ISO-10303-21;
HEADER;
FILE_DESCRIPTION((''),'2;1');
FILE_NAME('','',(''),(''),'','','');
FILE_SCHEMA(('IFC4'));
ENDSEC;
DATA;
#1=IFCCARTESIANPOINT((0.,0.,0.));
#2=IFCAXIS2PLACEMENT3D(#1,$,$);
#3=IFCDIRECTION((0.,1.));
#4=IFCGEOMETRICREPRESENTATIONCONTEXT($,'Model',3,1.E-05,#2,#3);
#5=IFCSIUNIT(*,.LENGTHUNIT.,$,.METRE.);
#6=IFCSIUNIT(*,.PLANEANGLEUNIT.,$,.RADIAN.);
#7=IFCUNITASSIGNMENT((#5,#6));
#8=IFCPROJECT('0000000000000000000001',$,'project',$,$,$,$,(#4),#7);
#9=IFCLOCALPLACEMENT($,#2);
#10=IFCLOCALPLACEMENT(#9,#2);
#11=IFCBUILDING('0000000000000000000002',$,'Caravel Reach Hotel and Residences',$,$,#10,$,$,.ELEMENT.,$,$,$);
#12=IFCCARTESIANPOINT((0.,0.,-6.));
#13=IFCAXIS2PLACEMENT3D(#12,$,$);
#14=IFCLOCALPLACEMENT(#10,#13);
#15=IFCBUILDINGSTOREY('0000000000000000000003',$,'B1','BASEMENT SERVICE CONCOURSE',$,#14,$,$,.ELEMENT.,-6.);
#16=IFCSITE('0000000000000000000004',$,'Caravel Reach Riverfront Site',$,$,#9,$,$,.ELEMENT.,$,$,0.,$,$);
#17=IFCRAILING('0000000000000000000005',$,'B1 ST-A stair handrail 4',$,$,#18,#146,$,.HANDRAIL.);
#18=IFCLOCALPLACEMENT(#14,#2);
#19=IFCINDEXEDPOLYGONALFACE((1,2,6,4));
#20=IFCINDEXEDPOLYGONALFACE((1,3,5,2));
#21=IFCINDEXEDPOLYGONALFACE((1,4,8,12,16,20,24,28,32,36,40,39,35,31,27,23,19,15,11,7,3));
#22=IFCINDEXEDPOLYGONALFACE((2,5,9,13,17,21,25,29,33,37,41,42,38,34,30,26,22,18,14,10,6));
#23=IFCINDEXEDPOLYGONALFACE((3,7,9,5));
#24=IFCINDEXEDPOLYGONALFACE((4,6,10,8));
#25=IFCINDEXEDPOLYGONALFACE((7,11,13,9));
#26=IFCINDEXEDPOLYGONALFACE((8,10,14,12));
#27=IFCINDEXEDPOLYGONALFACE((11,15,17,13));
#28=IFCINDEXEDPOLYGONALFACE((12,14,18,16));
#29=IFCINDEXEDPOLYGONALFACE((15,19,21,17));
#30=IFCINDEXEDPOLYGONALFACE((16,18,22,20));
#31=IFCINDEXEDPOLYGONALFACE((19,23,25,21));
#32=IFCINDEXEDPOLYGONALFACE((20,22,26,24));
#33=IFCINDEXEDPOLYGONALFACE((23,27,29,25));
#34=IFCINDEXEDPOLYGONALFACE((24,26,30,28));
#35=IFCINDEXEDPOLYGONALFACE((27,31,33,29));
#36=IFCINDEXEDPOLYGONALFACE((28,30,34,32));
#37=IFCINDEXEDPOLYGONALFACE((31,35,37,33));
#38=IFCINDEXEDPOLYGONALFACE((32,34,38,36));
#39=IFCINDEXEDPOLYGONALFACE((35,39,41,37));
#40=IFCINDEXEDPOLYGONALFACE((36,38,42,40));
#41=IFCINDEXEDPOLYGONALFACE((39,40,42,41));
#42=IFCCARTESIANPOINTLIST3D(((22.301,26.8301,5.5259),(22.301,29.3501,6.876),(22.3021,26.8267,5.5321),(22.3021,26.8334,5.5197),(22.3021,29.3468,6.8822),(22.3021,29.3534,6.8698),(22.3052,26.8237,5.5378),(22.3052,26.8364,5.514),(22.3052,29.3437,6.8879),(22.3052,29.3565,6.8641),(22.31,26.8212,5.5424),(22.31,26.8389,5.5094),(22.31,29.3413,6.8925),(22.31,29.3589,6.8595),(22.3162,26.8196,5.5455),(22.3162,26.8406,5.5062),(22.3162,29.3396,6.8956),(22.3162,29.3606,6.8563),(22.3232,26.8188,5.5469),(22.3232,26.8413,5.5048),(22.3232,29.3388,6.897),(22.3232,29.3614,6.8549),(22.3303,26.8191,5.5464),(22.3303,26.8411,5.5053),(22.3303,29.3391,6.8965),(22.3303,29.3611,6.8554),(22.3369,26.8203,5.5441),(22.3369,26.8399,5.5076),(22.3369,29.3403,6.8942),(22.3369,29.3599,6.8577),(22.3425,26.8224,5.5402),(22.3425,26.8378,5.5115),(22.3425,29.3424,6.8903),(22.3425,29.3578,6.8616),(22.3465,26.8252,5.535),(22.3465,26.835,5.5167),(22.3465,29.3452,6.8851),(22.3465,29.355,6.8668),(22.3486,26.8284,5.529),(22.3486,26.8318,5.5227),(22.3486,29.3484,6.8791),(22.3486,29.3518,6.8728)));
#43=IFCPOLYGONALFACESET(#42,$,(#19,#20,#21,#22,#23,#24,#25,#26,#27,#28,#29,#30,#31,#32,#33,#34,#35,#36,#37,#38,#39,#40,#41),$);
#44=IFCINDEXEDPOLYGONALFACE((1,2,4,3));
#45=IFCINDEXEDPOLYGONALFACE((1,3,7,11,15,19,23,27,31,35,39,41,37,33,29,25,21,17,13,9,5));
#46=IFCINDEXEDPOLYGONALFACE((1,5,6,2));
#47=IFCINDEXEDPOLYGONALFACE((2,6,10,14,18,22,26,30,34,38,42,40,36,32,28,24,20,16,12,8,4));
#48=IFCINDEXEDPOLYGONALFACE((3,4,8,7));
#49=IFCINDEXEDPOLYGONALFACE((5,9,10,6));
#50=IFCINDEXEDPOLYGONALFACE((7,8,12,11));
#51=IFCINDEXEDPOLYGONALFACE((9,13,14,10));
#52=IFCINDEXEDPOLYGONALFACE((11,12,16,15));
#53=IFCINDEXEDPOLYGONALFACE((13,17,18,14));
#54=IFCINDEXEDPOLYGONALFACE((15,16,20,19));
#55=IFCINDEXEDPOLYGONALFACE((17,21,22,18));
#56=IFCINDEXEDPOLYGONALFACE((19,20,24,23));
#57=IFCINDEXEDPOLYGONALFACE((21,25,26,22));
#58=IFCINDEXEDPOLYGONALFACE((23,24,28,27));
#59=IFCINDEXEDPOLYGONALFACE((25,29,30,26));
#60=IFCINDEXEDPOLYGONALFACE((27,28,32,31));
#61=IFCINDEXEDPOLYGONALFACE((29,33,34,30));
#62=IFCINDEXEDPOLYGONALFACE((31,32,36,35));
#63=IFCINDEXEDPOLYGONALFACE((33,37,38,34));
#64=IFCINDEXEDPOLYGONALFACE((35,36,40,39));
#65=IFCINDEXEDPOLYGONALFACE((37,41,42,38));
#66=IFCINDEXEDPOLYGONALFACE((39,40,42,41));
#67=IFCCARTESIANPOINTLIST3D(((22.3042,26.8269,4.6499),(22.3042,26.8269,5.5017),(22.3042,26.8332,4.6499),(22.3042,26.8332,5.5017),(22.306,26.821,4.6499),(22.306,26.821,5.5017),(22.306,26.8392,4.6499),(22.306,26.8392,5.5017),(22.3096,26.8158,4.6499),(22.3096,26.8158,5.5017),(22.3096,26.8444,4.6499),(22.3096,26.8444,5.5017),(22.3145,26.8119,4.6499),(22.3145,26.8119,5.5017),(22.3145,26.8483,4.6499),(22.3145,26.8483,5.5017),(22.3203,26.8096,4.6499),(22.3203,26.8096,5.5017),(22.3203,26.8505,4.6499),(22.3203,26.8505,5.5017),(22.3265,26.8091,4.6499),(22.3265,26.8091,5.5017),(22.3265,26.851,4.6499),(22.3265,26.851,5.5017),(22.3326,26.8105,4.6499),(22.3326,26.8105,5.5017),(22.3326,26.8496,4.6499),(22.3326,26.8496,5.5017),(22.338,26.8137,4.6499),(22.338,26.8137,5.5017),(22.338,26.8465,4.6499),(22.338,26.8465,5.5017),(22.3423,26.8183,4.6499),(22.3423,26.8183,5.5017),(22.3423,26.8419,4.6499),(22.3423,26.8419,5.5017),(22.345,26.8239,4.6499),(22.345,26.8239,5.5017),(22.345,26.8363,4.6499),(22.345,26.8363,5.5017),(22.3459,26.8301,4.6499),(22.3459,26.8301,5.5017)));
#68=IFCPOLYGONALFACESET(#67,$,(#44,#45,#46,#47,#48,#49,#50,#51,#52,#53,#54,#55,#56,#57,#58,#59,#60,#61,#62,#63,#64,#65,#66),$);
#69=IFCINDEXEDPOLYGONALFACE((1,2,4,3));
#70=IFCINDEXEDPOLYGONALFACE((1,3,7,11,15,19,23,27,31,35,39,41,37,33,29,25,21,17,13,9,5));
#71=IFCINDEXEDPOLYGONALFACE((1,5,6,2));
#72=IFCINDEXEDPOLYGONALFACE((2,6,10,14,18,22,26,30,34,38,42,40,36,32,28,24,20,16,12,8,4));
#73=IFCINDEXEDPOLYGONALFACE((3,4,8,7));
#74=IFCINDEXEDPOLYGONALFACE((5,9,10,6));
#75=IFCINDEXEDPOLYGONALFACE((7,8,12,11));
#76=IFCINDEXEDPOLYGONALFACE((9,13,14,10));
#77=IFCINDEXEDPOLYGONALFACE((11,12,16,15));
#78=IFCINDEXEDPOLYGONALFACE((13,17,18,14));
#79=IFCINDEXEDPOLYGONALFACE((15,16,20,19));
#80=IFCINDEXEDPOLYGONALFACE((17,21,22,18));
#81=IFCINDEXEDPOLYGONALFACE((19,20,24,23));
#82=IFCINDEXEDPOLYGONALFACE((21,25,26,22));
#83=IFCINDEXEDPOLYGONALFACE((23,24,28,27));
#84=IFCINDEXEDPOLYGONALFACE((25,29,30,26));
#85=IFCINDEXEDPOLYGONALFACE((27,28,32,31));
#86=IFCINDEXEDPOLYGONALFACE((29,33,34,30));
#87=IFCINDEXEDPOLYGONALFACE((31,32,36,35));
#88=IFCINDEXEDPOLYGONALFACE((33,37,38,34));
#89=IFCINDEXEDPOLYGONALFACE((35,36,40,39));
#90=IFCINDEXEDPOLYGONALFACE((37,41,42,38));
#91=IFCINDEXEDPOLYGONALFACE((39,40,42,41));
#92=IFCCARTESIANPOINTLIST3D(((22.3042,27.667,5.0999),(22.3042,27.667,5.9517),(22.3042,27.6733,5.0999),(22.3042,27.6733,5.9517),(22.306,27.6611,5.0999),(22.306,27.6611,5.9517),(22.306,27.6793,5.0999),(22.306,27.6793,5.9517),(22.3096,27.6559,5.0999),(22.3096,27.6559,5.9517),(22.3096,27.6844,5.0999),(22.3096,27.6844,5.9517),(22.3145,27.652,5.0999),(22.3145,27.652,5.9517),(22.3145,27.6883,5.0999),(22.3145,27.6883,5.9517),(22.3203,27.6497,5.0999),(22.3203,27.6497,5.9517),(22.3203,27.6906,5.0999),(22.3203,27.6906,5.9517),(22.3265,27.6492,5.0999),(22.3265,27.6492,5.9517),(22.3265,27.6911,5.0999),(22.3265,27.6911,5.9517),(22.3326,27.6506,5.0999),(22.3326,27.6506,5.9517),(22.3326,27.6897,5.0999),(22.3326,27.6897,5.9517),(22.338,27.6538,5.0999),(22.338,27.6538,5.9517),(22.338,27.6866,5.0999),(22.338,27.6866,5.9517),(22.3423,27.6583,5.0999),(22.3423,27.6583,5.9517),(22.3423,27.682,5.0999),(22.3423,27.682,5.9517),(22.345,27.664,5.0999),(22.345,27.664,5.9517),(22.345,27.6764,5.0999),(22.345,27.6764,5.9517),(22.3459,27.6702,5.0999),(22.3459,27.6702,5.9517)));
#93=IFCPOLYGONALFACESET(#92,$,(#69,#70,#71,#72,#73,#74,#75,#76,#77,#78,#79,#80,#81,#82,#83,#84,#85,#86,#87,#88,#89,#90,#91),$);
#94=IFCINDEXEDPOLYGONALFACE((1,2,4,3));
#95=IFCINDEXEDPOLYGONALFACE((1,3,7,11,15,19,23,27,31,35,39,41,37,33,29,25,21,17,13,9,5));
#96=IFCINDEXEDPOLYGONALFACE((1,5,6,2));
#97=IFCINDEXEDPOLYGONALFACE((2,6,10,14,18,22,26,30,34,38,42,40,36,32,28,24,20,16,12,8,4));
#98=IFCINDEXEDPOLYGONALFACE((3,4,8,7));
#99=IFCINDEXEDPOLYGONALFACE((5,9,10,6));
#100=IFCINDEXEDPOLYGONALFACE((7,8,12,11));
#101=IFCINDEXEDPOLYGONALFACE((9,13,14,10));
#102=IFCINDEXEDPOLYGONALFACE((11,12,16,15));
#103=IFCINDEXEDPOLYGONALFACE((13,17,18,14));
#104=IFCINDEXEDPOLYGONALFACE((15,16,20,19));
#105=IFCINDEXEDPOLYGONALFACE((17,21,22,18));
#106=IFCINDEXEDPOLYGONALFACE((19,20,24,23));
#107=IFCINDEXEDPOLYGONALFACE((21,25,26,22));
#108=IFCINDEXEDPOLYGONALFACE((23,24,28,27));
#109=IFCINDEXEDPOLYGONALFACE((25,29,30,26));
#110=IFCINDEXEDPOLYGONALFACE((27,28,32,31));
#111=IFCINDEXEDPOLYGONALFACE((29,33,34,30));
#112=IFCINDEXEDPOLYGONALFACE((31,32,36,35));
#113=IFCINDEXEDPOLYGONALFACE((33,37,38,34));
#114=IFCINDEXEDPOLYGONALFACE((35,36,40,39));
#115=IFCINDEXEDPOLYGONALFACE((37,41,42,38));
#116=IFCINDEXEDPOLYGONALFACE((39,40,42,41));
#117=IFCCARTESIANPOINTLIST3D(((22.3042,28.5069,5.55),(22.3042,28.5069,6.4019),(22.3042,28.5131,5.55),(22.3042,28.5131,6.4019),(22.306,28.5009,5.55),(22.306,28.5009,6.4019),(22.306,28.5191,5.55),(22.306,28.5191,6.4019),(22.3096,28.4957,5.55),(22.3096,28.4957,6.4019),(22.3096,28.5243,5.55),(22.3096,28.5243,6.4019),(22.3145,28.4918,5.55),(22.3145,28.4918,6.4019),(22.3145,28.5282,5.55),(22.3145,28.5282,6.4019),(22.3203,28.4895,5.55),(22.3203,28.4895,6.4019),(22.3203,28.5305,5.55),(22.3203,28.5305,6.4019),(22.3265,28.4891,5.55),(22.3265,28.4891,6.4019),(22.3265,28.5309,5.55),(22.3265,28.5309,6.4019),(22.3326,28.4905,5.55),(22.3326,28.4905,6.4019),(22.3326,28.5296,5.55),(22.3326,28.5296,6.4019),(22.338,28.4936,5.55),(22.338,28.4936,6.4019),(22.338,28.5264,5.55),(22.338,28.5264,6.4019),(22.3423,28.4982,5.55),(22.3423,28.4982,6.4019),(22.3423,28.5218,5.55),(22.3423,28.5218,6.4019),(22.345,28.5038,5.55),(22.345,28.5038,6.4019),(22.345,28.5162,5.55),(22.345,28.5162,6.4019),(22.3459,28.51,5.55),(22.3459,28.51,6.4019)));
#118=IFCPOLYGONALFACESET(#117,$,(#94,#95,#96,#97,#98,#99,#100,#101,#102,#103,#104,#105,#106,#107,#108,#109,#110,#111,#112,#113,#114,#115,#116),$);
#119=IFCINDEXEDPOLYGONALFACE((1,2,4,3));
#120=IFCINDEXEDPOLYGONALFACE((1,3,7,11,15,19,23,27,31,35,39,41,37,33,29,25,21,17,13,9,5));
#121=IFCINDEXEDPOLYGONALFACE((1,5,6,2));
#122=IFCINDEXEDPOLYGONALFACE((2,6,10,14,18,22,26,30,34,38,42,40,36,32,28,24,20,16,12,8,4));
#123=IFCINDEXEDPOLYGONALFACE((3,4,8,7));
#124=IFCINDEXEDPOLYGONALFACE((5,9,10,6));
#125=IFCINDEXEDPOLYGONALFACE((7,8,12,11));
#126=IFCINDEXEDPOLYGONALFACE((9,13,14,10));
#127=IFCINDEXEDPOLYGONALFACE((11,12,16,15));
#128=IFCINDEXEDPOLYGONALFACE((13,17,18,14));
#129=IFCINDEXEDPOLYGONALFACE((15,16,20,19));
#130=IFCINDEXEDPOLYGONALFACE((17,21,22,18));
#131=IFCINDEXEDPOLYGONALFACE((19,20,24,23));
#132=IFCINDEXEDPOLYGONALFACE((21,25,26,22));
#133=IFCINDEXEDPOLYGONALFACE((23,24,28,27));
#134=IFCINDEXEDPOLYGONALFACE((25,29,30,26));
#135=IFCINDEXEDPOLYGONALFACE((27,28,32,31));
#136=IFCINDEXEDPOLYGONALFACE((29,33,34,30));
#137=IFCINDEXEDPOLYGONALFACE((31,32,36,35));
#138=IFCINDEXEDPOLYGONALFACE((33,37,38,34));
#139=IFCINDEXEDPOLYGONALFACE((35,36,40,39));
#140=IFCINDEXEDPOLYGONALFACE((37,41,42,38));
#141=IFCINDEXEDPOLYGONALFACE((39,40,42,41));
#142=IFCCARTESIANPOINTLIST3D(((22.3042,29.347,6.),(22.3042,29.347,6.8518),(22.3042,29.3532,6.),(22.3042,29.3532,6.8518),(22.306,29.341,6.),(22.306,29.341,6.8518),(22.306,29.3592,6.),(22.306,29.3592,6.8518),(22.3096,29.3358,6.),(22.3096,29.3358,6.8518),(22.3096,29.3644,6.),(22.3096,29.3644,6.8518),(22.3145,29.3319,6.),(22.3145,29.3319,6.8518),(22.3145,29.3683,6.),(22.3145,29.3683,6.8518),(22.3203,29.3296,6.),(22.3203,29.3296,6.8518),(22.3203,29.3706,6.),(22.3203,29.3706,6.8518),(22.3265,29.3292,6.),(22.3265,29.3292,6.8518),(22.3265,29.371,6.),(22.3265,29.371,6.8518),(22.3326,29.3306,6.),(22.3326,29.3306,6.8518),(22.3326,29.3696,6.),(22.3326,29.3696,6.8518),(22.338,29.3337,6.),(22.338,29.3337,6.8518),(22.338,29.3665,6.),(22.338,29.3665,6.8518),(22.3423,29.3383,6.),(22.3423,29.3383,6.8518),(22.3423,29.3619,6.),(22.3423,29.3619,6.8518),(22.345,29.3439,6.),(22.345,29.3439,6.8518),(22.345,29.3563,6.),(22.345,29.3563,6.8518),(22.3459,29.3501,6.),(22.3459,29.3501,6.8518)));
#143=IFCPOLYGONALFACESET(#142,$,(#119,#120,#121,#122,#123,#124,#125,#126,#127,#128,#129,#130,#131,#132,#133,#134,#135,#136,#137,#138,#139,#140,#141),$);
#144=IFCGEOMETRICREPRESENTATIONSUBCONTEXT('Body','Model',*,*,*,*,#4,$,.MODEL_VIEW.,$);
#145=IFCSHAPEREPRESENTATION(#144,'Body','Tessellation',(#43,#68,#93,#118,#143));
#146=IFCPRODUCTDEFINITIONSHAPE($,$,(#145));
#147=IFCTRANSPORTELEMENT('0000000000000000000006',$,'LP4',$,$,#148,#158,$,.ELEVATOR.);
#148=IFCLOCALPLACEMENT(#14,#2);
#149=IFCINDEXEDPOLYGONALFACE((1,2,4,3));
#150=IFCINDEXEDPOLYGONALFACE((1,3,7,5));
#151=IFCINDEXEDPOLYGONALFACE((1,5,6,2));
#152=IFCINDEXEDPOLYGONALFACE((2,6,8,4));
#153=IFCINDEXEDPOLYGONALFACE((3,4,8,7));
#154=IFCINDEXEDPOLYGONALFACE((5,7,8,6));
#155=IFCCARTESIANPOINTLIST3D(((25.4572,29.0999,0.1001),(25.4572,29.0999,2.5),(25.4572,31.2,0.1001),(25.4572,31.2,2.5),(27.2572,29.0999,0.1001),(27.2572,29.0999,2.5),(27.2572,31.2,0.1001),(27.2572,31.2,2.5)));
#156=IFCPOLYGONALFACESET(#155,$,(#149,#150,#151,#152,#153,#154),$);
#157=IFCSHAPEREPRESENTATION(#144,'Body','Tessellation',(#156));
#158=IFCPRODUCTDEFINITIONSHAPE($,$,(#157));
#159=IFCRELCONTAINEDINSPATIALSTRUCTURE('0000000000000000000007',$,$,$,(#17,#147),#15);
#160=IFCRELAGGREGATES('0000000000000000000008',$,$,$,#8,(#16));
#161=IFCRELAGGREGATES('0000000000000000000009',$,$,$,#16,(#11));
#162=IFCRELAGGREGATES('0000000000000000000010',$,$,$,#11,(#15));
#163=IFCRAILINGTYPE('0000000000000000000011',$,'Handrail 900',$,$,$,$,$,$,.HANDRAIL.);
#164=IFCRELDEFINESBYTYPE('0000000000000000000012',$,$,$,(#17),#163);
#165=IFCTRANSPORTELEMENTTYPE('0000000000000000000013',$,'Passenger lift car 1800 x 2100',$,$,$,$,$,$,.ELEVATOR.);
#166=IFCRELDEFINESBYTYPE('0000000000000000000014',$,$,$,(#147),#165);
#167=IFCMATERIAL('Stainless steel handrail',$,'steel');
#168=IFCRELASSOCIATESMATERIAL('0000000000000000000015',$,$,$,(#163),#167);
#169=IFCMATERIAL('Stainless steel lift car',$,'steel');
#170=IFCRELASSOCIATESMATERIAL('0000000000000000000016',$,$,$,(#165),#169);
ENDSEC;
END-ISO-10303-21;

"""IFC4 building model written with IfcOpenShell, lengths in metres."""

from ifc_helpers import new_model, si_unit, direction, frame, origin, origin_2d, place, context, subcontext, project, spatial, rectangle, circle, extrude, material, type_object, element, save


model = new_model("IFC4")

# Units and contexts
model_context = context("Model", 3, precision=1e-05, world=origin(), true_north=direction((0.0, 1.0)))
body_context = subcontext(model_context, "Body", "Model", "MODEL_VIEW")
ifc_project = project(units=[si_unit("LENGTHUNIT", "METRE"), si_unit("PLANEANGLEUNIT", "RADIAN")], contexts=[model_context])

# Site, building, storey
site_placement = place(None, origin())
site = spatial("IfcSite", under=ifc_project, at=site_placement, Name="Caravel Reach Riverfront Site", CompositionType="ELEMENT", RefElevation=0.0)
building_placement = place(site_placement, origin())
building = spatial("IfcBuilding", under=site, at=building_placement, Name="Caravel Reach Hotel and Residences", CompositionType="ELEMENT")
storey_placement = place(building_placement, frame((0.0, 0.0, -6.0)))
storey = spatial("IfcBuildingStorey", under=building, at=storey_placement, Name="B1", Description="BASEMENT SERVICE CONCOURSE", CompositionType="ELEMENT", Elevation=-6.0)

# Railing
ifc_material_1 = material(Name="Stainless steel handrail", Category="steel")
railing_type_1 = type_object("IfcRailingType", Name="Handrail 900", PredefinedType="HANDRAIL", material=ifc_material_1)
for number, where, name in (
    (1, (22.325, 26.8301, 4.6499), "B1 ST-A stair handrail 4"),
):
    element("IfcRailing", number, at=place(storey_placement, frame(where)), inside=storey, type_object=railing_type_1, Name=name, PredefinedType="HANDRAIL", context=body_context, shape_type="SweptSolid", body=[
        extrude(circle(Radius=0.0239, at=origin_2d()), frame((0.0, 0.0, 0.876), z_axis=(0.0, 0.881467, 0.472245), x_axis=(-1.0, 0.0, 0.0)), (0.0, 0.0, 1.0), 2.8589),
        extrude(circle(Radius=0.021, at=origin_2d()), origin(), (0.0, 0.0, 1.0), 0.8518),
        extrude(circle(Radius=0.021, at=origin_2d()), frame((0.0, 0.8401, 0.45)), (0.0, 0.0, 1.0), 0.8518),
        extrude(circle(Radius=0.021, at=origin_2d()), frame((0.0, 1.6799, 0.9001)), (0.0, 0.0, 1.0), 0.8518),
        extrude(circle(Radius=0.021, at=origin_2d()), frame((0.0, 2.52, 1.3501)), (0.0, 0.0, 1.0), 0.8518),
    ])

# Transport element
ifc_material_2 = material(Name="Stainless steel lift car", Category="steel")
transport_element_type = type_object("IfcTransportElementType", Name="Passenger lift car 1800 x 2100", PredefinedType="ELEVATOR", material=ifc_material_2)
transport_element_placement = place(storey_placement, frame((26.3572, 30.1499, 0.1001), z_axis=(0.0, 0.0, 1.0), x_axis=(1.0, 0.0, 0.0)))
element("IfcTransportElement", 2, at=transport_element_placement, inside=storey, type_object=transport_element_type, Name="LP4", PredefinedType="ELEVATOR", context=body_context, shape_type="SweptSolid", body=[
    extrude(rectangle(XDim=1.8, YDim=2.1001, at=origin_2d()), origin(), (0.0, 0.0, 1.0), 2.3999),
])

save(model, "model.ifc")
